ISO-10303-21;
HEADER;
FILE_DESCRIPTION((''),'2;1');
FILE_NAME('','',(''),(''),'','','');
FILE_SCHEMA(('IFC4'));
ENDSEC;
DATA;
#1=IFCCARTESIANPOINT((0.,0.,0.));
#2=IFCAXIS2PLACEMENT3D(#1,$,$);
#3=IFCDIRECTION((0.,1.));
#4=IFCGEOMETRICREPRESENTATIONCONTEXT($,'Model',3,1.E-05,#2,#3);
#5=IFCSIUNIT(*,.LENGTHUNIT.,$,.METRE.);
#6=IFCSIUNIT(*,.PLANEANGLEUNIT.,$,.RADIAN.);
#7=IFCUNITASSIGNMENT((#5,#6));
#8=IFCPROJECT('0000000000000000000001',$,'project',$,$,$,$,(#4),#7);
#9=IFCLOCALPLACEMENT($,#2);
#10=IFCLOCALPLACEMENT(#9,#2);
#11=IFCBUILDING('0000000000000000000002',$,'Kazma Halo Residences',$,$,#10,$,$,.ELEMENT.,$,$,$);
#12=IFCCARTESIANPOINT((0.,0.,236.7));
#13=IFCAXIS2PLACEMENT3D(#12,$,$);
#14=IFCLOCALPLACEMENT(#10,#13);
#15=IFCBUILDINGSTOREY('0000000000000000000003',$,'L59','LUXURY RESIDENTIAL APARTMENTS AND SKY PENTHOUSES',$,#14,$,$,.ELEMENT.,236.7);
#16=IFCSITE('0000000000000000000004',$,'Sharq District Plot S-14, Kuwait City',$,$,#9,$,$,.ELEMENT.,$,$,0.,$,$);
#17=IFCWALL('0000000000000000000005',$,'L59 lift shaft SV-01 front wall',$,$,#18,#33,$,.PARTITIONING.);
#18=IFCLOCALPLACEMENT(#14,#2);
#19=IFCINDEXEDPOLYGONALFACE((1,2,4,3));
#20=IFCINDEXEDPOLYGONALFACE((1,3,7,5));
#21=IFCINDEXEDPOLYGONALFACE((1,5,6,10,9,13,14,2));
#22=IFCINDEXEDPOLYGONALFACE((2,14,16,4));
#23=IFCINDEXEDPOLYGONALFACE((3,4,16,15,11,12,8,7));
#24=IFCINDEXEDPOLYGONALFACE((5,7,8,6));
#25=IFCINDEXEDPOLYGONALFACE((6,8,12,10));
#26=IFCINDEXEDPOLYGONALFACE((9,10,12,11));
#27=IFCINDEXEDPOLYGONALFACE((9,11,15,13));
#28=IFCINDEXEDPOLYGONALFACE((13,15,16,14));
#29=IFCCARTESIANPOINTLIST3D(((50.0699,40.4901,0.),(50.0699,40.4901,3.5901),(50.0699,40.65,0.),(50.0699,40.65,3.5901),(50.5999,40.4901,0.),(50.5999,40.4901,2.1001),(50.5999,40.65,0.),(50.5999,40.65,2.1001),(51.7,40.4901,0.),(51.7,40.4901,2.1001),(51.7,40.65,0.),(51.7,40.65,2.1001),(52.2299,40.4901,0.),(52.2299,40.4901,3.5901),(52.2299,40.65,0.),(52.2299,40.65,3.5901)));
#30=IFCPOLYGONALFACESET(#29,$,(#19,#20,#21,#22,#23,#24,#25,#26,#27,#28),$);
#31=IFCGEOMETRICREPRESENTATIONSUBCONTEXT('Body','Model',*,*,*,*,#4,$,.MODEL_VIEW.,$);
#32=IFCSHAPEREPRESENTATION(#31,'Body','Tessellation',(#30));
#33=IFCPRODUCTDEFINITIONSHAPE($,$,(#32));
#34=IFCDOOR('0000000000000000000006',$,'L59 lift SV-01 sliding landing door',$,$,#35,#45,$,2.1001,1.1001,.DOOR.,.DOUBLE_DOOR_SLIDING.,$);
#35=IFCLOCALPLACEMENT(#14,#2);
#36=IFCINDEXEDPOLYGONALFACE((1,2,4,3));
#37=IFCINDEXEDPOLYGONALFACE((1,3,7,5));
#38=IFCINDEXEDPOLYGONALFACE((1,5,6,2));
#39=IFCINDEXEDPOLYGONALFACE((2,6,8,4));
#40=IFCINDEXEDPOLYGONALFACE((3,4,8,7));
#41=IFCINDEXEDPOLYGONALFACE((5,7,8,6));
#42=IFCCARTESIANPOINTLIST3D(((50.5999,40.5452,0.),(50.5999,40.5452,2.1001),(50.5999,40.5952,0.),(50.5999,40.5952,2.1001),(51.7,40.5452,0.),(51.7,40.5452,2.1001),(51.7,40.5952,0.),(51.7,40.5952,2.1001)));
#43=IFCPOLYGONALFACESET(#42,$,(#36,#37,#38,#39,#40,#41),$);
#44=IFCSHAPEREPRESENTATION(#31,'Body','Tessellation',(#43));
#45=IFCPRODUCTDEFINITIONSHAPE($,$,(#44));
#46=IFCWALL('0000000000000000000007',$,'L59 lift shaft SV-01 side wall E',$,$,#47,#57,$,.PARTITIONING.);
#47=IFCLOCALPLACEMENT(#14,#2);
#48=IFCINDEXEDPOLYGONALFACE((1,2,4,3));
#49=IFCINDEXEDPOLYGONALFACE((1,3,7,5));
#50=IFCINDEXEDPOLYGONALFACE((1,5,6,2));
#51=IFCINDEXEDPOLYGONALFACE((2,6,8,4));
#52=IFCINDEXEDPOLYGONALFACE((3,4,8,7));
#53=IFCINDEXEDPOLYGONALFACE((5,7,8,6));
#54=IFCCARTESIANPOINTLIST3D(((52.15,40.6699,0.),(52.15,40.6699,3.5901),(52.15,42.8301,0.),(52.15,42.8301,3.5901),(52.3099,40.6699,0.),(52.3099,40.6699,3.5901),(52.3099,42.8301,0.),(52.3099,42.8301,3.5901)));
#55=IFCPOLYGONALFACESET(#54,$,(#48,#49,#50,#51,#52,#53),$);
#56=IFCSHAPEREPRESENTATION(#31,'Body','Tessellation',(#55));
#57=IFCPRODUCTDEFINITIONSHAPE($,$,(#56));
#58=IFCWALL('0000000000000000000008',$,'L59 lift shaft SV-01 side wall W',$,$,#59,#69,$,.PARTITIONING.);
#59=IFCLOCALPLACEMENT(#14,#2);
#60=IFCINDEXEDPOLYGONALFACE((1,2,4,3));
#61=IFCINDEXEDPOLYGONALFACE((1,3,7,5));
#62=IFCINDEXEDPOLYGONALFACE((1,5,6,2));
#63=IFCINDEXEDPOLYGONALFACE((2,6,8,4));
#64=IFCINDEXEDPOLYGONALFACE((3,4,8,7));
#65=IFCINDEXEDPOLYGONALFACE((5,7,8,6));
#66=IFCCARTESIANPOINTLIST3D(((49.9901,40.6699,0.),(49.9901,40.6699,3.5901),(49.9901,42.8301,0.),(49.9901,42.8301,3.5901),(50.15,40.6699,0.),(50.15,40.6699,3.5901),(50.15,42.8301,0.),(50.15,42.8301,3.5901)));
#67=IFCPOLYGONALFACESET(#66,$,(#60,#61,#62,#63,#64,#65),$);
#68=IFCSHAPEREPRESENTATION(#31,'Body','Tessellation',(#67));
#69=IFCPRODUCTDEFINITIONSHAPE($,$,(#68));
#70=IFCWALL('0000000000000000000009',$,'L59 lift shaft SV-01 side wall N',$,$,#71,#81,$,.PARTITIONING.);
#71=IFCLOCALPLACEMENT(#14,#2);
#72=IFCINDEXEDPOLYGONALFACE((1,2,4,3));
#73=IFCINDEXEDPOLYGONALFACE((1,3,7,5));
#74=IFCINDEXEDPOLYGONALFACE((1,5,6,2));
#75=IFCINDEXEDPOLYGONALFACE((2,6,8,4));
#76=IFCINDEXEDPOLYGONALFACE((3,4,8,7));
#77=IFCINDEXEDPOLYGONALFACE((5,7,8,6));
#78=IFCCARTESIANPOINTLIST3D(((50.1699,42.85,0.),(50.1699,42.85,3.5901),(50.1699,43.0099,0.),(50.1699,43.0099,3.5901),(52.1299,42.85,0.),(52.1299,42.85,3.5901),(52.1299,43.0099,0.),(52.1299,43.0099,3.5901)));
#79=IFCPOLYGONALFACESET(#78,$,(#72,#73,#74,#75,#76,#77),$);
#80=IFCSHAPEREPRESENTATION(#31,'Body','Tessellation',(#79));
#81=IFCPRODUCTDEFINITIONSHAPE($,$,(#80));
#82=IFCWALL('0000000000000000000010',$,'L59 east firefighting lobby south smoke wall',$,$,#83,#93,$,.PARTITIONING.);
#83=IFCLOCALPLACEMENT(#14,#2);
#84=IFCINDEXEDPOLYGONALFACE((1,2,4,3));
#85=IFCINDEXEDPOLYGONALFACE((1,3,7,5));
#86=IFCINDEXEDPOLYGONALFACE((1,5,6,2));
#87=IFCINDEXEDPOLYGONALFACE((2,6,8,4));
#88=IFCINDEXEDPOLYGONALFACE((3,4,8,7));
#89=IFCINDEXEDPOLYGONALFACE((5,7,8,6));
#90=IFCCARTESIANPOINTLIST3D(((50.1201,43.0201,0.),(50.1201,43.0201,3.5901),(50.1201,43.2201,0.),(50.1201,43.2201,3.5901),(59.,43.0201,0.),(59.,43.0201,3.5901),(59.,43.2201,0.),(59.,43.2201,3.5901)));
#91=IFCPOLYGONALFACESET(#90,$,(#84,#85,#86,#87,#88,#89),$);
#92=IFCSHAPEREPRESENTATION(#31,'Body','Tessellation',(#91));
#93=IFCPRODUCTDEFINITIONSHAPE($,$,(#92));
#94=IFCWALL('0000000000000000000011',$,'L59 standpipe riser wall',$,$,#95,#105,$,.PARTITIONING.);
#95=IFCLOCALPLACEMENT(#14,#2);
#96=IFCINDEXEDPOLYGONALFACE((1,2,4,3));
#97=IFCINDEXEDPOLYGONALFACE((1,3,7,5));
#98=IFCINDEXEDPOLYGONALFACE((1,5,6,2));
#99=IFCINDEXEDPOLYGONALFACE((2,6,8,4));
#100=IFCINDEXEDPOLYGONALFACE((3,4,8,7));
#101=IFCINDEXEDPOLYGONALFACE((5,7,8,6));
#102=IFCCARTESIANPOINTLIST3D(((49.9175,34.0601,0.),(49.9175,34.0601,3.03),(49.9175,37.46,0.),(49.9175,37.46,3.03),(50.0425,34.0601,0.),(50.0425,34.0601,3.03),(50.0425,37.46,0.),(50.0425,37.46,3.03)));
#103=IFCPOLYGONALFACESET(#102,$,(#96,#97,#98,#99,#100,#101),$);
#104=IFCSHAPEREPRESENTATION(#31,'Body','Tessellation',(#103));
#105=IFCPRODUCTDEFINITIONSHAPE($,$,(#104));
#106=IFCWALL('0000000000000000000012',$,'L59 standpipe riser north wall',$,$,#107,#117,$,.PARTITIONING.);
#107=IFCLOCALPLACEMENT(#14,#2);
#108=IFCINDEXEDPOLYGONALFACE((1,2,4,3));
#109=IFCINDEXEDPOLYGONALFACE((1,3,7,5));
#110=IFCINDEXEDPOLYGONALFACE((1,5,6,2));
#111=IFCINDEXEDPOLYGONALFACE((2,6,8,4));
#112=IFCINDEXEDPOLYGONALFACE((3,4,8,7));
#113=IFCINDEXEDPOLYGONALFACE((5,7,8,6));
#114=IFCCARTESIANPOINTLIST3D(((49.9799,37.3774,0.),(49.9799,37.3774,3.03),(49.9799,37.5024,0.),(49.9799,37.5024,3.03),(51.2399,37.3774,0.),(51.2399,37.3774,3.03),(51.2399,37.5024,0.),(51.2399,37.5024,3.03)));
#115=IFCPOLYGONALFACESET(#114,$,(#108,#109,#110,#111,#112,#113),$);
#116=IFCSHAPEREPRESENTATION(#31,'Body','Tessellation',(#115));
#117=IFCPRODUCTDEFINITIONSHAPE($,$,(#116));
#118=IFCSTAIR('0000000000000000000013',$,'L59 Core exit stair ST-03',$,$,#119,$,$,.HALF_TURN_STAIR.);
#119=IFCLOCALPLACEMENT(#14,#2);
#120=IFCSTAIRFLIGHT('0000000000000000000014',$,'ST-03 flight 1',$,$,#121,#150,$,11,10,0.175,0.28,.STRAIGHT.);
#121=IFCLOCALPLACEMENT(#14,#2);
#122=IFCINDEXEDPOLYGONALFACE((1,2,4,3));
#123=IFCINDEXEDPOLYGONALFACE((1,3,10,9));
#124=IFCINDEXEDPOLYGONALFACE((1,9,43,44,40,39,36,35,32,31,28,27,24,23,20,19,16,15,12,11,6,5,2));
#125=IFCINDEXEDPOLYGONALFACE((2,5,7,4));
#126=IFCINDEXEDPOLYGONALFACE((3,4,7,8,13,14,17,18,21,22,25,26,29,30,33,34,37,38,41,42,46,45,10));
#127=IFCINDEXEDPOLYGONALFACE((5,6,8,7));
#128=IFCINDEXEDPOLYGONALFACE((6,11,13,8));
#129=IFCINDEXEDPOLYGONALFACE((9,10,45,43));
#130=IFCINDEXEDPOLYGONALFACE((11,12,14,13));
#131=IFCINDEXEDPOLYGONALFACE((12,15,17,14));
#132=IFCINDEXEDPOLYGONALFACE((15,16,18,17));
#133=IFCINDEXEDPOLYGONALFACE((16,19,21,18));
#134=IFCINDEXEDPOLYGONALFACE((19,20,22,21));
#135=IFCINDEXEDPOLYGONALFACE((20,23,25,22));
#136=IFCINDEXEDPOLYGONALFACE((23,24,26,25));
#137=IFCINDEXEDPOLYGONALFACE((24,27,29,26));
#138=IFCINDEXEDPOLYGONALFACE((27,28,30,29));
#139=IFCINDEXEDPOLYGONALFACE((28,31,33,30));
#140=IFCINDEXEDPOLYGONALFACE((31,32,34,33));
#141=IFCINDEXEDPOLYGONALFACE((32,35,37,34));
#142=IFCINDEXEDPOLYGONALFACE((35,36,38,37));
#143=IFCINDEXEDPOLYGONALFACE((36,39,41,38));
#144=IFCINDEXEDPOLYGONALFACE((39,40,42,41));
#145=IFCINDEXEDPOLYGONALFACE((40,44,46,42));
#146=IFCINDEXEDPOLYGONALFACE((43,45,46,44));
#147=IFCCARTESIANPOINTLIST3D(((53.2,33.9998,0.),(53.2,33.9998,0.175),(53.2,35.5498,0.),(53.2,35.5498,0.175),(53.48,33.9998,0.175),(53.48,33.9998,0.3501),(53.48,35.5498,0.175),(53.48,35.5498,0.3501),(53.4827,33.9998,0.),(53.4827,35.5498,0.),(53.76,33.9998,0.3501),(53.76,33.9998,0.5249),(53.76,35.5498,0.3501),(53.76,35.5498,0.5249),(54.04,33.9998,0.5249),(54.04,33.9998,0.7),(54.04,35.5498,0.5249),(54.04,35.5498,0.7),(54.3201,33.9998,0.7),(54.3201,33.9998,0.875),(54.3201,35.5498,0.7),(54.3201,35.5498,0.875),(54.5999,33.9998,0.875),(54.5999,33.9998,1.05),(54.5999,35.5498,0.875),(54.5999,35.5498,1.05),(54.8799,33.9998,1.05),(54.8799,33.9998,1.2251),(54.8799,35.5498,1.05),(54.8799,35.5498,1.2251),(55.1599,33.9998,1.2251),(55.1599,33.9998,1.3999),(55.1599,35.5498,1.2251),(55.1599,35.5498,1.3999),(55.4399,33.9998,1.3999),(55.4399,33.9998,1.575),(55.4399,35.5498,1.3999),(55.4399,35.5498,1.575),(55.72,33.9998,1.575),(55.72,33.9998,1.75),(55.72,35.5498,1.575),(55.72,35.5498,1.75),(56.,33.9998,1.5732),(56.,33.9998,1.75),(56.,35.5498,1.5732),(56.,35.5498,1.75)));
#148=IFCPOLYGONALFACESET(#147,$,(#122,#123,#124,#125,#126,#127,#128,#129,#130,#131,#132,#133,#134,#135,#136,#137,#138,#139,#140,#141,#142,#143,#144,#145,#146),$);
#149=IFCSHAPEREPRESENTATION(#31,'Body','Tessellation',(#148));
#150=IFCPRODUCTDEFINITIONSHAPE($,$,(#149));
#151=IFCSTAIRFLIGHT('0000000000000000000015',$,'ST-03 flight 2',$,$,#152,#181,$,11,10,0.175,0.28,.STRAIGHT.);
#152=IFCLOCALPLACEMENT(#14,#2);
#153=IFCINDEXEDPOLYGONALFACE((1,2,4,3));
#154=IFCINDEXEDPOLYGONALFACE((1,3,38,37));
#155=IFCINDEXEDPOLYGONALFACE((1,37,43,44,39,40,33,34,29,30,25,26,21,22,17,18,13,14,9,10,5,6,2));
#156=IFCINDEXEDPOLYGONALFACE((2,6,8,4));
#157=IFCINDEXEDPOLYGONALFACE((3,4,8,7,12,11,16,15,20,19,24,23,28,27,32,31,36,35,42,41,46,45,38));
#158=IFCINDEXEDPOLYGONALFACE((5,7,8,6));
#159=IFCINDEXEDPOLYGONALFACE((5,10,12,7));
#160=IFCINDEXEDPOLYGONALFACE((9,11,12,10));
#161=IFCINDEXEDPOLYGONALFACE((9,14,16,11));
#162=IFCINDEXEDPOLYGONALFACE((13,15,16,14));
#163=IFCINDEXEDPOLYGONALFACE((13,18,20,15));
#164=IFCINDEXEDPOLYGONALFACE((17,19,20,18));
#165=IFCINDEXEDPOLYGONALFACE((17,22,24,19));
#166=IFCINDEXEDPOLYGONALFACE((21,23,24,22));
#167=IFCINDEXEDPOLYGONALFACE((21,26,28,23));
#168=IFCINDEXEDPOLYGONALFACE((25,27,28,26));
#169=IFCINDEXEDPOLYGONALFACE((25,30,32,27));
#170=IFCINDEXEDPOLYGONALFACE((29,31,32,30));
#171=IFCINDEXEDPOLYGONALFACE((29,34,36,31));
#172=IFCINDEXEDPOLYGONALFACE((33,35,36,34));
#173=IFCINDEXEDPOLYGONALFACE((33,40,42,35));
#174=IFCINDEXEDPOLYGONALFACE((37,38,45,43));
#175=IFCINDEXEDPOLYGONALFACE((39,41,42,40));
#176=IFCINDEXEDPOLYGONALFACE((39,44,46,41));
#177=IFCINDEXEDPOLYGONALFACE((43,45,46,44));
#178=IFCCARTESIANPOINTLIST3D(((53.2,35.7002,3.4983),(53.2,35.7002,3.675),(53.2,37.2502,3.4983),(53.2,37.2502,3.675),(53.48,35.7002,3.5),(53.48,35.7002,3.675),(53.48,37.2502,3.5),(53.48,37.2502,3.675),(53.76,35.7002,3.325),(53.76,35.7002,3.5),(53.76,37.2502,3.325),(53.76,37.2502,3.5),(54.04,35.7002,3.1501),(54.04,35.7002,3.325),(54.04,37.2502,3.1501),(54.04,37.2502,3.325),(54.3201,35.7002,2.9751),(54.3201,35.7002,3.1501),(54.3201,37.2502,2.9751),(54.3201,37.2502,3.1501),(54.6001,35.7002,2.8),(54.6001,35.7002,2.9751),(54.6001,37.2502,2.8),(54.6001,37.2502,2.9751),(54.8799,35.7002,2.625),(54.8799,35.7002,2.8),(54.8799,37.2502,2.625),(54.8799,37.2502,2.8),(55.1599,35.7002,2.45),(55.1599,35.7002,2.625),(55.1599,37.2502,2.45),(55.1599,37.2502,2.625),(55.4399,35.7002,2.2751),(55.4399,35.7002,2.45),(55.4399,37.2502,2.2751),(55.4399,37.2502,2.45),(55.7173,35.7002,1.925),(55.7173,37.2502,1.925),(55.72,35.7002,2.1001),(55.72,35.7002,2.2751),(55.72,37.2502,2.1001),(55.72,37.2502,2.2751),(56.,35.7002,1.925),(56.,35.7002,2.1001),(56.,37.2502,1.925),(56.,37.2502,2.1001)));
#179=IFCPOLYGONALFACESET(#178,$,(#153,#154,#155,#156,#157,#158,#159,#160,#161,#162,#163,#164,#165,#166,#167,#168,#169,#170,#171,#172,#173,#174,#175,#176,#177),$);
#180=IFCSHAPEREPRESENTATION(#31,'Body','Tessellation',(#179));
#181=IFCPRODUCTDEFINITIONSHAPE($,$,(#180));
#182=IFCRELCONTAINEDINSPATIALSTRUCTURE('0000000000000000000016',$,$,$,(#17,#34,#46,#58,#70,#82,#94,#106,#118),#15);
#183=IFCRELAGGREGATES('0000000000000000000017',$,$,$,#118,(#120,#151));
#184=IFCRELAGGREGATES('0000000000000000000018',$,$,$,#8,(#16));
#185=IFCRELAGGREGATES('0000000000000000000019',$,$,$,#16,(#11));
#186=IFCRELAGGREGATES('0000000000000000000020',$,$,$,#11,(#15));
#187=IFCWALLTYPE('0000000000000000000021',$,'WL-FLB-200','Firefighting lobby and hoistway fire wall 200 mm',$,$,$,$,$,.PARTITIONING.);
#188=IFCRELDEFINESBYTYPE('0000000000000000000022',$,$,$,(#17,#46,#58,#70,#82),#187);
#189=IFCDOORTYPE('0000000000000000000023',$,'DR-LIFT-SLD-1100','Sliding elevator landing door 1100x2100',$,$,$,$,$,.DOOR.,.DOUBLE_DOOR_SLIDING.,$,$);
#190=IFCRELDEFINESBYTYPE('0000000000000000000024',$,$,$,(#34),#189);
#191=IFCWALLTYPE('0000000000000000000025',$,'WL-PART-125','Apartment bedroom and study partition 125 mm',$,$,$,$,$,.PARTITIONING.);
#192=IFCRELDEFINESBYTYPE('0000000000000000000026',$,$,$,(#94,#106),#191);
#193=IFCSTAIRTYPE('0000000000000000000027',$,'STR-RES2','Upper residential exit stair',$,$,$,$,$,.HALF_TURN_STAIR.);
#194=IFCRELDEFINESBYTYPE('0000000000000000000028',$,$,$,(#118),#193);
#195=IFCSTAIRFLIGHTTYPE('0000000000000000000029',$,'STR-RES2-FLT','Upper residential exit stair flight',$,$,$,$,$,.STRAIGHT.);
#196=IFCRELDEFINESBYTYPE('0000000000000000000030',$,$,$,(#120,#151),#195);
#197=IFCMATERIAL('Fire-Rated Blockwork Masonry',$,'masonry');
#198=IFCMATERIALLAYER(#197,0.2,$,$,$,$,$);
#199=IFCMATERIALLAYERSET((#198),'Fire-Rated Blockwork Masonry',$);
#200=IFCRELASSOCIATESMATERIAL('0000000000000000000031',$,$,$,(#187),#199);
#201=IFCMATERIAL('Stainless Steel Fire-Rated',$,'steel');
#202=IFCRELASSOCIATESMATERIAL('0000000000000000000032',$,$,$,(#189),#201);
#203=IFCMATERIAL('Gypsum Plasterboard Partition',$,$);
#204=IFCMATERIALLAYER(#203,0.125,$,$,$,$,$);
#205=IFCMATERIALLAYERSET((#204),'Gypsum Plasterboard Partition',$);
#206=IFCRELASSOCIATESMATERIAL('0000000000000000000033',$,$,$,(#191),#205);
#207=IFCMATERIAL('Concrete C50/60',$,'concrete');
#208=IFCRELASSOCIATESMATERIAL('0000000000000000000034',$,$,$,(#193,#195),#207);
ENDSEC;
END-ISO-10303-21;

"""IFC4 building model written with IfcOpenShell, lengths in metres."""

from ifc_helpers import new_model, si_unit, direction, frame, frame_2d, origin, place, context, subcontext, project, spatial, polyline, rectangle, outline, extrude, material, layer, layer_set, type_object, element, fill, aggregate, save


model = new_model("IFC4")

# Units and contexts
model_context = context("Model", 3, precision=1e-05, world=origin(), true_north=direction((0.0, 1.0)))
body_context = subcontext(model_context, "Body", "Model", "MODEL_VIEW")
ifc_project = project(units=[si_unit("LENGTHUNIT", "METRE"), si_unit("PLANEANGLEUNIT", "RADIAN")], contexts=[model_context])

# Site, building, storey
site_placement = place(None, origin())
site = spatial("IfcSite", under=ifc_project, at=site_placement, Name="Sharq District Plot S-14, Kuwait City", CompositionType="ELEMENT", RefElevation=0.0)
building_placement = place(site_placement, origin())
building = spatial("IfcBuilding", under=site, at=building_placement, Name="Kazma Halo Residences", CompositionType="ELEMENT")
storey_placement = place(building_placement, frame((0.0, 0.0, 236.7)))
storey = spatial("IfcBuildingStorey", under=building, at=storey_placement, Name="L59", Description="LUXURY RESIDENTIAL APARTMENTS AND SKY PENTHOUSES", CompositionType="ELEMENT", Elevation=236.7)

# Shared definitions
ifc_material_1 = material(Name="Fire-Rated Blockwork Masonry", Category="masonry")
ifc_layer_1 = layer(ifc_material_1, 0.2)
ifc_layer_set_1 = layer_set([ifc_layer_1], Name="Fire-Rated Blockwork Masonry")
wall_type_1 = type_object("IfcWallType", Name="WL-FLB-200", Description="Firefighting lobby and hoistway fire wall 200 mm", PredefinedType="PARTITIONING", material=ifc_layer_set_1)
ifc_material_2 = material(Name="Stainless Steel Fire-Rated", Category="steel")
door_type_1 = type_object("IfcDoorType", Name="DR-LIFT-SLD-1100", Description="Sliding elevator landing door 1100x2100", OperationType="DOUBLE_DOOR_SLIDING", PredefinedType="DOOR", material=ifc_material_2)

# Wall, opening, door
wall_1_placement = place(storey_placement, frame((52.23, 40.5701, 0.0), z_axis=(0.0, 0.0, 1.0), x_axis=(-1.0, 0.0, 0.0)))
wall_1 = element("IfcWall", 1, at=wall_1_placement, inside=storey, type_object=wall_type_1, Name="L59 lift shaft SV-01 front wall", PredefinedType="PARTITIONING", context=body_context, shape_type="SweptSolid", body=[
    extrude(rectangle(XDim=2.1599, YDim=0.1599, at=frame_2d((1.0801, 0.0))), origin(), (0.0, 0.0, 1.0), 3.5901),
])
opening_1_placement = place(wall_1_placement, frame((0.53, 0.0, 0.0)))
opening_1 = element("IfcOpeningElement", 2, at=opening_1_placement, cuts=wall_1, PredefinedType="OPENING", context=body_context, shape_type="SweptSolid", body=[
    extrude(rectangle(XDim=1.1001, YDim=2.1001, at=frame_2d((0.55, 1.05))), frame((0.0, 0.0898, 0.0), z_axis=(0.0, -1.0, 0.0), x_axis=(1.0, 0.0, 0.0)), (0.0, 0.0, 1.0), 0.1799),
])
door_1_placement = place(opening_1_placement, origin())
door_1 = element("IfcDoor", 3, at=door_1_placement, inside=storey, type_object=door_type_1, Name="L59 lift SV-01 sliding landing door", OperationType="DOUBLE_DOOR_SLIDING", OverallHeight=2.1001, OverallWidth=1.1001, PredefinedType="DOOR", context=body_context, shape_type="SweptSolid", body=[
    extrude(rectangle(XDim=1.1001, YDim=2.1001, at=frame_2d((0.55, 1.05))), frame((0.0, 0.0249, 0.0), z_axis=(0.0, -1.0, 0.0), x_axis=(1.0, 0.0, 0.0)), (0.0, 0.0, 1.0), 0.05),
])
fill(opening_1, door_1)

# Walls
for number, where, z_axis, x_axis, name in (
    (4, (52.23, 40.6699, 0.0), (0.0, 0.0, 1.0), (0.0, 1.0, 0.0), "L59 lift shaft SV-01 side wall E"),
    (5, (50.0701, 40.6699, 0.0), (0.0, 0.0, 1.0), (0.0, 1.0, 0.0), "L59 lift shaft SV-01 side wall W"),
):
    element("IfcWall", number, at=place(storey_placement, frame(where, z_axis=z_axis, x_axis=x_axis)), inside=storey, type_object=wall_type_1, Name=name, PredefinedType="PARTITIONING", context=body_context, shape_type="SweptSolid", body=[
        extrude(rectangle(XDim=2.1602, YDim=0.1599, at=frame_2d((1.0801, 0.0))), origin(), (0.0, 0.0, 1.0), 3.5901),
    ])
wall_2_placement = place(storey_placement, frame((50.1699, 42.9299, 0.0), z_axis=(0.0, 0.0, 1.0), x_axis=(1.0, 0.0, 0.0)))
element("IfcWall", 6, at=wall_2_placement, inside=storey, type_object=wall_type_1, Name="L59 lift shaft SV-01 side wall N", PredefinedType="PARTITIONING", context=body_context, shape_type="SweptSolid", body=[
    extrude(rectangle(XDim=1.96, YDim=0.1599, at=frame_2d((0.98, 0.0))), origin(), (0.0, 0.0, 1.0), 3.5901),
])
wall_3_placement = place(storey_placement, frame((50.1201, 43.1201, 0.0), z_axis=(0.0, 0.0, 1.0), x_axis=(1.0, 0.0, 0.0)))
element("IfcWall", 7, at=wall_3_placement, inside=storey, type_object=wall_type_1, Name="L59 east firefighting lobby south smoke wall", PredefinedType="PARTITIONING", context=body_context, shape_type="SweptSolid", body=[
    extrude(rectangle(XDim=8.8799, YDim=0.2, at=frame_2d((4.4399, 0.0))), origin(), (0.0, 0.0, 1.0), 3.5901),
])
ifc_material_3 = material(Name="Gypsum Plasterboard Partition")
ifc_layer_2 = layer(ifc_material_3, 0.125)
ifc_layer_set_2 = layer_set([ifc_layer_2], Name="Gypsum Plasterboard Partition")
wall_type_2 = type_object("IfcWallType", Name="WL-PART-125", Description="Apartment bedroom and study partition 125 mm", PredefinedType="PARTITIONING", material=ifc_layer_set_2)
wall_4_placement = place(storey_placement, frame((49.98, 34.0601, 0.0), z_axis=(0.0, 0.0, 1.0), x_axis=(0.0, 1.0, 0.0)))
element("IfcWall", 8, at=wall_4_placement, inside=storey, type_object=wall_type_2, Name="L59 standpipe riser wall", PredefinedType="PARTITIONING", context=body_context, shape_type="SweptSolid", body=[
    extrude(rectangle(XDim=3.3999, YDim=0.125, at=frame_2d((1.7, 0.0))), origin(), (0.0, 0.0, 1.0), 3.03),
])
wall_5_placement = place(storey_placement, frame((49.98, 37.4399, 0.0), z_axis=(0.0, 0.0, 1.0), x_axis=(1.0, 0.0, 0.0)))
element("IfcWall", 9, at=wall_5_placement, inside=storey, type_object=wall_type_2, Name="L59 standpipe riser north wall", PredefinedType="PARTITIONING", context=body_context, shape_type="SweptSolid", body=[
    extrude(rectangle(XDim=1.26, YDim=0.125, at=frame_2d((0.6299, 0.0))), origin(), (0.0, 0.0, 1.0), 3.03),
])

# Shared definitions
ifc_material_4 = material(Name="Concrete C50/60", Category="concrete")

# Stair, stair flights
stair_type = type_object("IfcStairType", Name="STR-RES2", Description="Upper residential exit stair", PredefinedType="HALF_TURN_STAIR", material=ifc_material_4)
stair_placement = place(storey_placement, origin())
stair = element("IfcStair", 10, at=stair_placement, inside=storey, type_object=stair_type, Name="L59 Core exit stair ST-03", PredefinedType="HALF_TURN_STAIR")
stair_flight_type = type_object("IfcStairFlightType", Name="STR-RES2-FLT", Description="Upper residential exit stair flight", PredefinedType="STRAIGHT", material=ifc_material_4)
stair_flight_1_placement = place(storey_placement, frame((53.2, 34.7749, 0.0), z_axis=(0.0, 0.0, 1.0), x_axis=(1.0, 0.0, 0.0)))
stair_flight_1 = element("IfcStairFlight", 11, at=stair_flight_1_placement, type_object=stair_flight_type, Name="ST-03 flight 1", NumberOfRisers=11, NumberOfTreads=10, PredefinedType="STRAIGHT", RiserHeight=0.175, TreadLength=0.28, context=body_context, shape_type="SweptSolid", body=[
    extrude(outline(polyline([(0.0, 0.0), (0.0, 0.175), (0.28, 0.175), (0.28, 0.3501), (0.5601, 0.3501), (0.5601, 0.5249), (0.8401, 0.5249), (0.8401, 0.7), (1.1201, 0.7), (1.1201, 0.875), (1.3999, 0.875), (1.3999, 1.05), (1.6799, 1.05), (1.6799, 1.2251), (1.96, 1.2251), (1.96, 1.3999), (2.24, 1.3999), (2.24, 1.575), (2.52, 1.575), (2.52, 1.75), (2.8, 1.75), (2.8, 1.925), (2.8, 1.5732), (0.2827, 0.0), (0.0, 0.0)])), frame((0.0, 0.7749, 0.0), z_axis=(0.0, -1.0, 0.0), x_axis=(1.0, 0.0, 0.0)), (0.0, 0.0, 1.0), 1.55),
])
stair_flight_2_placement = place(storey_placement, frame((56.0, 36.4751, 1.925), z_axis=(0.0, 0.0, 1.0), x_axis=(-1.0, 0.0, 0.0)))
stair_flight_2 = element("IfcStairFlight", 12, at=stair_flight_2_placement, type_object=stair_flight_type, Name="ST-03 flight 2", NumberOfRisers=11, NumberOfTreads=10, PredefinedType="STRAIGHT", RiserHeight=0.175, TreadLength=0.28, context=body_context, shape_type="SweptSolid", body=[
    extrude(outline(polyline([(0.0, 0.0), (0.0, 0.175), (0.28, 0.175), (0.28, 0.3501), (0.5601, 0.3501), (0.5601, 0.5249), (0.8401, 0.5249), (0.8401, 0.7), (1.1201, 0.7), (1.1201, 0.875), (1.3999, 0.875), (1.3999, 1.05), (1.6799, 1.05), (1.6799, 1.2251), (1.96, 1.2251), (1.96, 1.3999), (2.24, 1.3999), (2.24, 1.575), (2.52, 1.575), (2.52, 1.75), (2.8, 1.75), (2.8, 1.925), (2.8, 1.5732), (0.2827, 0.0), (0.0, 0.0)])), frame((0.0, 0.7749, 0.0), z_axis=(0.0, -1.0, 0.0), x_axis=(1.0, 0.0, 0.0)), (0.0, 0.0, 1.0), 1.55),
])
aggregate(stair, [stair_flight_1, stair_flight_2])

save(model, "model.ifc")
